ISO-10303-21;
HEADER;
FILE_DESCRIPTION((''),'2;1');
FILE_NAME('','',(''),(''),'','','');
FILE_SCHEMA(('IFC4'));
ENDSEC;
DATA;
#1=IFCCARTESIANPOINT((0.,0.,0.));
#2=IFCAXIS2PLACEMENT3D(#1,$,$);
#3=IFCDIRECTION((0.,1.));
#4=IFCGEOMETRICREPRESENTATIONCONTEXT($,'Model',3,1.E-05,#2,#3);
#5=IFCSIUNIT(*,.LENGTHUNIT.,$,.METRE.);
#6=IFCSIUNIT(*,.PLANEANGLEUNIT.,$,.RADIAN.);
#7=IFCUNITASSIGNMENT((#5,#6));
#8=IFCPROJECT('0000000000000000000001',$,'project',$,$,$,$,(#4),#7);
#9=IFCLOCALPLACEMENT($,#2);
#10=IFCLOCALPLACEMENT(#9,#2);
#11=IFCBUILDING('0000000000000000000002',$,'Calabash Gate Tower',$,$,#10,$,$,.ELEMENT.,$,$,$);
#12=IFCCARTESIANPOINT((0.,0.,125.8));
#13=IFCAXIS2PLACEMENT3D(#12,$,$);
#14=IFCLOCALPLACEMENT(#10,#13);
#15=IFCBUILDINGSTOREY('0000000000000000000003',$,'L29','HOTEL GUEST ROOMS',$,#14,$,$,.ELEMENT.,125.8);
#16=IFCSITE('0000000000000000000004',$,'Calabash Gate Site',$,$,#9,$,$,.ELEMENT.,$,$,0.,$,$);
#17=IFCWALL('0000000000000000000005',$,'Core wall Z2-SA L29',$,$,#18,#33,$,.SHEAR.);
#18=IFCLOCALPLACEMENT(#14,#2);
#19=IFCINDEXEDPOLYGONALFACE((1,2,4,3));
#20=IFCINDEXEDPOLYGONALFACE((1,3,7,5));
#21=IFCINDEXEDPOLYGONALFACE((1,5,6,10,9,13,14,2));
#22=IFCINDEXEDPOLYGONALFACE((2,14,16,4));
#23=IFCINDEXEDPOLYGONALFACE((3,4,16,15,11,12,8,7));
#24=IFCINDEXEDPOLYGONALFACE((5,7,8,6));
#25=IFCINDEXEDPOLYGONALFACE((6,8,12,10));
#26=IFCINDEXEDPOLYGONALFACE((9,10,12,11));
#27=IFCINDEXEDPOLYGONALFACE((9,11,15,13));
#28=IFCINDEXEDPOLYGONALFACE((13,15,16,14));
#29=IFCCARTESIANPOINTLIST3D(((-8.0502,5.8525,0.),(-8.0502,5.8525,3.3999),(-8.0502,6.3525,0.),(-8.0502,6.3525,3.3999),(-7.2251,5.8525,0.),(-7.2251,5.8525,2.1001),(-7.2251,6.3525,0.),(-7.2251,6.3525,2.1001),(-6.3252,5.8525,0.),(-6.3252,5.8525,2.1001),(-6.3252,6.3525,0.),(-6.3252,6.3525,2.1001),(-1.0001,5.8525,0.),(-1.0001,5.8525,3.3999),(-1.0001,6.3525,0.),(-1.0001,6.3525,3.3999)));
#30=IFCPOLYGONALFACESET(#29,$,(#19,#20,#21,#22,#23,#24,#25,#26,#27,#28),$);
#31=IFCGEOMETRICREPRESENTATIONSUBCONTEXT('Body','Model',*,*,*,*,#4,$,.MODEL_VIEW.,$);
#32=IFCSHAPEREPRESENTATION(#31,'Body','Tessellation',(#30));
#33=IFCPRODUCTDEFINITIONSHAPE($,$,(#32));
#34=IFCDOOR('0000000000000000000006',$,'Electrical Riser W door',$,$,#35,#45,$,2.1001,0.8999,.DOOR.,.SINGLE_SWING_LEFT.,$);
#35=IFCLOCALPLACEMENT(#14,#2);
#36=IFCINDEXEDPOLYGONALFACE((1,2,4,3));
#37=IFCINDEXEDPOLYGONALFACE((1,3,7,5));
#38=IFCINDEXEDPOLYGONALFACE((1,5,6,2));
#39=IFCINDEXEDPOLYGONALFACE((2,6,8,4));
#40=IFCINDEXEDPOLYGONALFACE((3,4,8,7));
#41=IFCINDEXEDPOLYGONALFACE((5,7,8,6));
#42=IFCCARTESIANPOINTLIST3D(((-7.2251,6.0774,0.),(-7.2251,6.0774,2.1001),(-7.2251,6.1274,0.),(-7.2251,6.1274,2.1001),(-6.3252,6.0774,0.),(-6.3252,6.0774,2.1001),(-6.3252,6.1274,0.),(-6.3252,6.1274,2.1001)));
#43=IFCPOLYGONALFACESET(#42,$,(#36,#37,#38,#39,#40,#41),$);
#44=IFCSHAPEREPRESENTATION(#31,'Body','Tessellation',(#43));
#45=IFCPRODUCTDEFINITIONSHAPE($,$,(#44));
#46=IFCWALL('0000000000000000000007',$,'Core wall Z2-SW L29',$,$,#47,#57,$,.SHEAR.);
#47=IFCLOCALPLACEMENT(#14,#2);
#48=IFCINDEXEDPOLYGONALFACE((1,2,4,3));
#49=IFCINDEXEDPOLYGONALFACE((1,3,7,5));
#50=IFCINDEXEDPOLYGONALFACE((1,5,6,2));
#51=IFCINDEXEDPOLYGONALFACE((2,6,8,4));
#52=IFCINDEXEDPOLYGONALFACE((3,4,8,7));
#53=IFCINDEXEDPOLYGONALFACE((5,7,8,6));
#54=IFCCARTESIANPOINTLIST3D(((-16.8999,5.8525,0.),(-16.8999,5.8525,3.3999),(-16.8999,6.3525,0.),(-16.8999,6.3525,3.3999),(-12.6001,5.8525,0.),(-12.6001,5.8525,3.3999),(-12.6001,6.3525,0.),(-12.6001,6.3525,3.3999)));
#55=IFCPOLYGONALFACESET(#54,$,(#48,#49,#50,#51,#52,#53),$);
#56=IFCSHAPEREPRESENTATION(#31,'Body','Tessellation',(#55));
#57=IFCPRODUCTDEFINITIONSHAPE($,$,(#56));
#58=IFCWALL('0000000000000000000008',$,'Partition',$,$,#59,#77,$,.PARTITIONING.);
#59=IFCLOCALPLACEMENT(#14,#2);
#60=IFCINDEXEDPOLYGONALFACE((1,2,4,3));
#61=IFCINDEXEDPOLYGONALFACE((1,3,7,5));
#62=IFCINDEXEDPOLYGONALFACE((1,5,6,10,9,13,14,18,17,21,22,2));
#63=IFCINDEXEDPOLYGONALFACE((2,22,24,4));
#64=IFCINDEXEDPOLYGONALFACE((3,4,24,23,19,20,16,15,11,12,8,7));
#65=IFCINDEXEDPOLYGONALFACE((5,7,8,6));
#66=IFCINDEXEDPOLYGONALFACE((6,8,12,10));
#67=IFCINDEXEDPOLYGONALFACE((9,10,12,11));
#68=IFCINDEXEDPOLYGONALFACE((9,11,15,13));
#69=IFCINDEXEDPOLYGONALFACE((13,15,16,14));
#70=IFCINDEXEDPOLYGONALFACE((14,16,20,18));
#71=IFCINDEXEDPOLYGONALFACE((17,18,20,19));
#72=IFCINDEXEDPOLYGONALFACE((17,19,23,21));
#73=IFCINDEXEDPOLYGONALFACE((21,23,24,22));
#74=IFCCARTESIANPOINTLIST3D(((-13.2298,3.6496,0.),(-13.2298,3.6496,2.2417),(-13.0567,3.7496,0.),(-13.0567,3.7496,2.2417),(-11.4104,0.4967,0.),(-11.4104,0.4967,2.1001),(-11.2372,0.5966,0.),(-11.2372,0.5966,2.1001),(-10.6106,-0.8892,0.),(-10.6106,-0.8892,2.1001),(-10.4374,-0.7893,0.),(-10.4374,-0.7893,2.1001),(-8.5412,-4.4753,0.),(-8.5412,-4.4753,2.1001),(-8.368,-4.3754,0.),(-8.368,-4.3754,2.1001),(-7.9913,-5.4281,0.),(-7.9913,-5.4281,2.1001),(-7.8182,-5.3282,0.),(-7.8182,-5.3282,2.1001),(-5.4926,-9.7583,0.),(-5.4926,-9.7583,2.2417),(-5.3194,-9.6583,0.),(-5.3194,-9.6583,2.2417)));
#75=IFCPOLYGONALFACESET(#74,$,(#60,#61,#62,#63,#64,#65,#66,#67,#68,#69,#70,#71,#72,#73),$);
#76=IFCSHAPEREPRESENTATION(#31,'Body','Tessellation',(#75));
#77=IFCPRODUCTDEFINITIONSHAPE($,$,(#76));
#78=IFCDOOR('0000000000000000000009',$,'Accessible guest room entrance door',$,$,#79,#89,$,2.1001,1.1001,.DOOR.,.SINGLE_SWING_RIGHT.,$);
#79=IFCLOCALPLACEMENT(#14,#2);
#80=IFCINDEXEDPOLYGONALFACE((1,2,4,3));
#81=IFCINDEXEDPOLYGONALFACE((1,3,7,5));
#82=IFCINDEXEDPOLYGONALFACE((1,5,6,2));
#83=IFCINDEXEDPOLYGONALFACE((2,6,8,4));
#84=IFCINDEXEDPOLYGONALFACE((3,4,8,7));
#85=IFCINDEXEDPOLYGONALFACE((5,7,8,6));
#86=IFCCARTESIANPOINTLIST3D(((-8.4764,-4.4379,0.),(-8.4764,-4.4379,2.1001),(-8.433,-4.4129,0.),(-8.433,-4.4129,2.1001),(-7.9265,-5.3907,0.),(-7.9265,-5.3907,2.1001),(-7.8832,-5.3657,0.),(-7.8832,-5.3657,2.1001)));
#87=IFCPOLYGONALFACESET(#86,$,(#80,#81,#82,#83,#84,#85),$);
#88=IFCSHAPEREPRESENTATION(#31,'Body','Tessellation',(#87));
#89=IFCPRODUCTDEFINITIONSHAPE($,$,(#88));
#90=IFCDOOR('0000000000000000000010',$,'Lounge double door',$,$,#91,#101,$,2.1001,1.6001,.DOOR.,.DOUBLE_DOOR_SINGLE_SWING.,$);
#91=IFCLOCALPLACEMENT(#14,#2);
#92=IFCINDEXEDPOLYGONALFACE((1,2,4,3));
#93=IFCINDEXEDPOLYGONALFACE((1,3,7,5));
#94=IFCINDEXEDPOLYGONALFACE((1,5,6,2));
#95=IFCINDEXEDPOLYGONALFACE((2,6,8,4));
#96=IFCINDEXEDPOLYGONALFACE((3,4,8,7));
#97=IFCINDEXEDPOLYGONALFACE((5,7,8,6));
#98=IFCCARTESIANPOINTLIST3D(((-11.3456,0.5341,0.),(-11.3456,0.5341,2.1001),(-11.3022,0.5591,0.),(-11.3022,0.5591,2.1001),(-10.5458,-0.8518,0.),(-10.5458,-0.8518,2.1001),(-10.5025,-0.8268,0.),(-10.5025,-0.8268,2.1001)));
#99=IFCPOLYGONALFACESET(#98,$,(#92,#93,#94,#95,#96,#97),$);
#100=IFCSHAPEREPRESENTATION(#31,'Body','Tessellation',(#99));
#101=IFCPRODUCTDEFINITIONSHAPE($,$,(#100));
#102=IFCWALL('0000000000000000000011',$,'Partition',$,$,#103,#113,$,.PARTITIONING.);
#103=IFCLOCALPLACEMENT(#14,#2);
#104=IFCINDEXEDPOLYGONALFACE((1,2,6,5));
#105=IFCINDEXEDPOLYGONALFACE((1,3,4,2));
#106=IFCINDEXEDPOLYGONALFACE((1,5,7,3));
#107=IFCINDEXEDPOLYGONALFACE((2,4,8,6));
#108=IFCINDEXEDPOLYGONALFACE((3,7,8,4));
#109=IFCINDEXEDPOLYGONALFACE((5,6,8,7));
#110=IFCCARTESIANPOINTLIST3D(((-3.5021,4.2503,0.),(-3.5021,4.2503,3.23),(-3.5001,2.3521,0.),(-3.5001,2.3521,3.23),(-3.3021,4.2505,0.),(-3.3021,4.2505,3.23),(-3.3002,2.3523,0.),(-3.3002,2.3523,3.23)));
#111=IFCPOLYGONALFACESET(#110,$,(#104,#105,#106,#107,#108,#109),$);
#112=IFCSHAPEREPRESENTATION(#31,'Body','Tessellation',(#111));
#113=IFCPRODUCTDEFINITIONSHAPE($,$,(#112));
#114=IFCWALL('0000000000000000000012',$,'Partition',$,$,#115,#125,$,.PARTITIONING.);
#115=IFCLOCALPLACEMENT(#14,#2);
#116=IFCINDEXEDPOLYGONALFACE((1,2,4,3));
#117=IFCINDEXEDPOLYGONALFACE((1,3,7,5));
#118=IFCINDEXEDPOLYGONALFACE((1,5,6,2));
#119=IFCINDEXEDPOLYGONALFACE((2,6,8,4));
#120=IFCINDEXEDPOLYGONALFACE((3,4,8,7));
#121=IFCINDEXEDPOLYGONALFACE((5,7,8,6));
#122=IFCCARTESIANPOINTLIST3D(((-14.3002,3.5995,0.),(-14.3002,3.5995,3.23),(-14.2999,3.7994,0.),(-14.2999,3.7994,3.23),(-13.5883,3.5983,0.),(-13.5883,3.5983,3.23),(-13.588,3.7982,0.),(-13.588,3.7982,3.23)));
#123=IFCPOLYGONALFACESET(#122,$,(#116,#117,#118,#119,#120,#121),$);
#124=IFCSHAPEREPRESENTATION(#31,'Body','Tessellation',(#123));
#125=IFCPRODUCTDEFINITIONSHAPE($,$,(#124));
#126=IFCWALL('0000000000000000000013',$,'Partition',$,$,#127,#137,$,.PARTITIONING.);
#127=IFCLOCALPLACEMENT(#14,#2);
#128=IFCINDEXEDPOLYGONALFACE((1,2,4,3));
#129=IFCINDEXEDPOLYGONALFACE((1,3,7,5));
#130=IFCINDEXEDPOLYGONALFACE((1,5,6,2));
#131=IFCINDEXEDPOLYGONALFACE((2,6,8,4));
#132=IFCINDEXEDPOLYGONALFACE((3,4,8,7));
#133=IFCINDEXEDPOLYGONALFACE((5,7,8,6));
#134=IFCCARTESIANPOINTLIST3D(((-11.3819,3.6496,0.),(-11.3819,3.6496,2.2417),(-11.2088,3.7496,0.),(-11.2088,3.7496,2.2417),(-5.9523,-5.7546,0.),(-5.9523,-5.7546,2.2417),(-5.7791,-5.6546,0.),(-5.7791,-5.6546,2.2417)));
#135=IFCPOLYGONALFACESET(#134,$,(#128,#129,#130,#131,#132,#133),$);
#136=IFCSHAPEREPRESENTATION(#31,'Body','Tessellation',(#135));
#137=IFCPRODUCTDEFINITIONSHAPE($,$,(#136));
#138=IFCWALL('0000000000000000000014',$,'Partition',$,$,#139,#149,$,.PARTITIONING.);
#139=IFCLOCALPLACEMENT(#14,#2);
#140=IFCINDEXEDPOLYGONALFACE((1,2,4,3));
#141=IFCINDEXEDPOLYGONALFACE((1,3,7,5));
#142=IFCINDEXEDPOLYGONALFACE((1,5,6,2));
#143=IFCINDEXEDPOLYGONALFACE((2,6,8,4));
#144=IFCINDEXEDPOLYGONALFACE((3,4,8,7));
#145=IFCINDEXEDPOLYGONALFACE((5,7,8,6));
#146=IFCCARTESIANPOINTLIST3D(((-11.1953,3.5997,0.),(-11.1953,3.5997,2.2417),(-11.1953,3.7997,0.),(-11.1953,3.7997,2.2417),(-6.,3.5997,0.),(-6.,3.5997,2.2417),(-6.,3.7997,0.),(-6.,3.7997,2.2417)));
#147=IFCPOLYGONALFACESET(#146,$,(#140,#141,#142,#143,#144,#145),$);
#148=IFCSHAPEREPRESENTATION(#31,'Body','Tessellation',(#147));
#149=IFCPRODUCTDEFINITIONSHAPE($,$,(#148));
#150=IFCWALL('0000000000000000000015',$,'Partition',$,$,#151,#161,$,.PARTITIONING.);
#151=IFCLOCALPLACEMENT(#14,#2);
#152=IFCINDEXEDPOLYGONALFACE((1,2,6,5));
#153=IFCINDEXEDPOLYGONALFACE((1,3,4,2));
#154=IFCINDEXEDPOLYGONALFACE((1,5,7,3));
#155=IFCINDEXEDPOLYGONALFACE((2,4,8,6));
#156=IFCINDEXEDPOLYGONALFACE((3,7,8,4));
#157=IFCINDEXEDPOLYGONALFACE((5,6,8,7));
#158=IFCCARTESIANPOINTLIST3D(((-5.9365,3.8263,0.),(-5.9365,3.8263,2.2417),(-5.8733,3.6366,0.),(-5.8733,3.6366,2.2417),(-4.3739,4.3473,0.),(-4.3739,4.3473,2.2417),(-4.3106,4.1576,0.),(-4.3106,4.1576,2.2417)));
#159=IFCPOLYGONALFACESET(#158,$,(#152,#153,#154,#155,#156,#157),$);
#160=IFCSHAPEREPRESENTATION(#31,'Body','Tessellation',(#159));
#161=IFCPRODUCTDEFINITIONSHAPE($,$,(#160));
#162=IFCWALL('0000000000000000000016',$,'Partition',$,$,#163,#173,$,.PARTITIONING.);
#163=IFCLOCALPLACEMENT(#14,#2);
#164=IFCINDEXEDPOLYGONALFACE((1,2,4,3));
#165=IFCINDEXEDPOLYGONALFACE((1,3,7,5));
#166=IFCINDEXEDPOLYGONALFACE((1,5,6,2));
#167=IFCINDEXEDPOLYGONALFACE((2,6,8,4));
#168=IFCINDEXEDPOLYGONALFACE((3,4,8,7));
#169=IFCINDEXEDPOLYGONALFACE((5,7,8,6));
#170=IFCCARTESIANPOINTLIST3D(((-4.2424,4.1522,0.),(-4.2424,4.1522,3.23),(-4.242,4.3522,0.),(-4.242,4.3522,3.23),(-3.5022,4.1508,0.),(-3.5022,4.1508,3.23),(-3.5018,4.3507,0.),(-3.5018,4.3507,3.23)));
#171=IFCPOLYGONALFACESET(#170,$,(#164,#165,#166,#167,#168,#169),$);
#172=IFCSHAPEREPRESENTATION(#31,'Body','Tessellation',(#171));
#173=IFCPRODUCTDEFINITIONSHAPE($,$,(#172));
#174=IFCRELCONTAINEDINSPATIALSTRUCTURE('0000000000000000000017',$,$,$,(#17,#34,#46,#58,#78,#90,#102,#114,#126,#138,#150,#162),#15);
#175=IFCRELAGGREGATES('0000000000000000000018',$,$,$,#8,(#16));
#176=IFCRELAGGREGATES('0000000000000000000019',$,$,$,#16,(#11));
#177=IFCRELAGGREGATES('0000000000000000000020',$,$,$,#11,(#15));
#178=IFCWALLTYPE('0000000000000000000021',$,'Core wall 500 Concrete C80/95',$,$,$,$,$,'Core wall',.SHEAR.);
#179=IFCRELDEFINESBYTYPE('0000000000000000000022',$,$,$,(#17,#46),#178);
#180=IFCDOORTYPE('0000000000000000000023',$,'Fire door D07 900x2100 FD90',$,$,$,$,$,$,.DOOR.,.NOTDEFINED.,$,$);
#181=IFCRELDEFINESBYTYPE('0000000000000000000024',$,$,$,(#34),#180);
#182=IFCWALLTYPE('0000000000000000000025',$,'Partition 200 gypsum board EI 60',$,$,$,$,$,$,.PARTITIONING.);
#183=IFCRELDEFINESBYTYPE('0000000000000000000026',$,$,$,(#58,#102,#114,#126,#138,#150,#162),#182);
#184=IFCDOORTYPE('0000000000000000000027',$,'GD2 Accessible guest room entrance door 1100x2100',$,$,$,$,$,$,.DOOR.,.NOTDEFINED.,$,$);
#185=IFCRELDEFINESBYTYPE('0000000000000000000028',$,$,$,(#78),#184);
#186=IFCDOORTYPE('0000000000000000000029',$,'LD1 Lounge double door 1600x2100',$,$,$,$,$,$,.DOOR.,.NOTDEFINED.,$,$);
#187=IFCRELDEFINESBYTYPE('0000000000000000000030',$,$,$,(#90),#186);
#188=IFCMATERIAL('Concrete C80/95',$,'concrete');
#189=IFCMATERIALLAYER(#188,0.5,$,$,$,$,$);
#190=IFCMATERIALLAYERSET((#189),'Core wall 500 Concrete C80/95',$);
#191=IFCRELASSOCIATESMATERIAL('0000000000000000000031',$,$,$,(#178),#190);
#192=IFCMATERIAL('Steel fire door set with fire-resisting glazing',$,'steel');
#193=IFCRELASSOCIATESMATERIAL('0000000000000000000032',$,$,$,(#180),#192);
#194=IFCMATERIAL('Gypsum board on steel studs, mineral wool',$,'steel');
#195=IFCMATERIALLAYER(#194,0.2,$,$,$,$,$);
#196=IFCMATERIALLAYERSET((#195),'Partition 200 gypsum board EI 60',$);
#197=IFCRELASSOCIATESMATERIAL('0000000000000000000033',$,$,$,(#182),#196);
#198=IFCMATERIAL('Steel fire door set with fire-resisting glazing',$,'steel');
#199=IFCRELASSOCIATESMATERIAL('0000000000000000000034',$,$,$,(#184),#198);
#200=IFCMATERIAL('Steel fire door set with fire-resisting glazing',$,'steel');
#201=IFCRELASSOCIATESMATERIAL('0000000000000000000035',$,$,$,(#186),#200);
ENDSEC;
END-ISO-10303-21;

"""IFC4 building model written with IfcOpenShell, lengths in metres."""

from ifc_helpers import new_model, si_unit, direction, frame, frame_2d, origin, place, context, subcontext, project, spatial, rectangle, extrude, material, layer, layer_set, type_object, element, fill, save


model = new_model("IFC4")

# Units and contexts
model_context = context("Model", 3, precision=1e-05, world=origin(), true_north=direction((0.0, 1.0)))
body_context = subcontext(model_context, "Body", "Model", "MODEL_VIEW")
ifc_project = project(units=[si_unit("LENGTHUNIT", "METRE"), si_unit("PLANEANGLEUNIT", "RADIAN")], contexts=[model_context])

# Site, building, storey
site_placement = place(None, origin())
site = spatial("IfcSite", under=ifc_project, at=site_placement, Name="Calabash Gate Site", CompositionType="ELEMENT", RefElevation=0.0)
building_placement = place(site_placement, origin())
building = spatial("IfcBuilding", under=site, at=building_placement, Name="Calabash Gate Tower", CompositionType="ELEMENT")
storey_placement = place(building_placement, frame((0.0, 0.0, 125.8)))
storey = spatial("IfcBuildingStorey", under=building, at=storey_placement, Name="L29", Description="HOTEL GUEST ROOMS", CompositionType="ELEMENT", Elevation=125.8)

# Shared definitions
ifc_material_1 = material(Name="Concrete C80/95", Category="concrete")
ifc_layer_1 = layer(ifc_material_1, 0.5)
ifc_layer_set_1 = layer_set([ifc_layer_1], Name="Core wall 500 Concrete C80/95")
wall_type_1 = type_object("IfcWallType", Name="Core wall 500 Concrete C80/95", ElementType="Core wall", PredefinedType="SHEAR", material=ifc_layer_set_1)

# Wall, opening, door
wall_1_placement = place(storey_placement, frame((-8.05, 6.1025, 0.0), z_axis=(0.0, 0.0, 1.0), x_axis=(1.0, 0.0, 0.0)))
wall_1 = element("IfcWall", 1, at=wall_1_placement, inside=storey, type_object=wall_type_1, Name="Core wall Z2-SA L29", PredefinedType="SHEAR", context=body_context, shape_type="SweptSolid", body=[
    extrude(rectangle(XDim=7.05, YDim=0.5, at=frame_2d((3.5249, 0.0))), origin(), (0.0, 0.0, 1.0), 3.3999),
])
opening_1_placement = place(wall_1_placement, frame((0.825, 0.0, 0.0)))
opening_1 = element("IfcOpeningElement", 2, at=opening_1_placement, cuts=wall_1, PredefinedType="OPENING", context=body_context, shape_type="SweptSolid", body=[
    extrude(rectangle(XDim=0.8999, YDim=2.1001, at=frame_2d((0.45, 1.05))), frame((0.0, 0.26, 0.0), z_axis=(0.0, -1.0, 0.0), x_axis=(1.0, 0.0, 0.0)), (0.0, 0.0, 1.0), 0.52),
])
ifc_material_2 = material(Name="Steel fire door set with fire-resisting glazing", Category="steel")
door_type_1 = type_object("IfcDoorType", Name="Fire door D07 900x2100 FD90", OperationType="NOTDEFINED", PredefinedType="DOOR", material=ifc_material_2)
door_1_placement = place(opening_1_placement, origin())
door_1 = element("IfcDoor", 3, at=door_1_placement, inside=storey, type_object=door_type_1, Name="Electrical Riser W door", OperationType="SINGLE_SWING_LEFT", OverallHeight=2.1001, OverallWidth=0.8999, PredefinedType="DOOR", context=body_context, shape_type="SweptSolid", body=[
    extrude(rectangle(XDim=0.8999, YDim=2.1001, at=frame_2d((0.45, 1.05))), frame((0.0, 0.0249, 0.0), z_axis=(0.0, -1.0, 0.0), x_axis=(1.0, 0.0, 0.0)), (0.0, 0.0, 1.0), 0.05),
])
fill(opening_1, door_1)

# Wall
wall_2_placement = place(storey_placement, frame((-12.6001, 6.1025, 0.0), z_axis=(0.0, 0.0, 1.0), x_axis=(-1.0, 0.0, 0.0)))
element("IfcWall", 4, at=wall_2_placement, inside=storey, type_object=wall_type_1, Name="Core wall Z2-SW L29", PredefinedType="SHEAR", context=body_context, shape_type="SweptSolid", body=[
    extrude(rectangle(XDim=4.2998, YDim=0.5, at=frame_2d((2.1499, 0.0))), origin(), (0.0, 0.0, 1.0), 3.3999),
])

# Wall, openings, doors
ifc_material_3 = material(Name="Gypsum board on steel studs, mineral wool", Category="steel")
ifc_layer_2 = layer(ifc_material_3, 0.2)
ifc_layer_set_2 = layer_set([ifc_layer_2], Name="Partition 200 gypsum board EI 60")
wall_type_2 = type_object("IfcWallType", Name="Partition 200 gypsum board EI 60", PredefinedType="PARTITIONING", material=ifc_layer_set_2)
wall_3_placement = place(storey_placement, frame((-13.1433, 3.6997, 0.0), z_axis=(0.0, 0.0, 1.0), x_axis=(0.499817, -0.866131, 0.0)))
wall_3 = element("IfcWall", 5, at=wall_3_placement, inside=storey, type_object=wall_type_2, Name="Partition", PredefinedType="PARTITIONING", context=body_context, shape_type="SweptSolid", body=[
    extrude(rectangle(XDim=15.4802, YDim=0.2, at=frame_2d((7.7402, 0.0))), origin(), (0.0, 0.0, 1.0), 2.2417),
])
opening_2_placement = place(wall_3_placement, frame((3.6404, 0.0, 0.0)))
opening_2 = element("IfcOpeningElement", 6, at=opening_2_placement, cuts=wall_3, PredefinedType="OPENING", context=body_context, shape_type="SweptSolid", body=[
    extrude(rectangle(XDim=1.6001, YDim=2.1001, at=frame_2d((0.8, 1.05))), frame((0.0, 0.1099, 0.0), z_axis=(0.0, -1.0, 0.0), x_axis=(1.0, 0.0, 0.0)), (0.0, 0.0, 1.0), 0.22),
])
opening_3_placement = place(wall_3_placement, frame((9.3809, 0.0, 0.0)))
opening_3 = element("IfcOpeningElement", 7, at=opening_3_placement, cuts=wall_3, PredefinedType="OPENING", context=body_context, shape_type="SweptSolid", body=[
    extrude(rectangle(XDim=1.1001, YDim=2.1001, at=frame_2d((0.55, 1.05))), frame((0.0, 0.1099, 0.0), z_axis=(0.0, -1.0, 0.0), x_axis=(1.0, 0.0, 0.0)), (0.0, 0.0, 1.0), 0.22),
])
ifc_material_4 = material(Name="Steel fire door set with fire-resisting glazing", Category="steel")
door_type_2 = type_object("IfcDoorType", Name="GD2 Accessible guest room entrance door 1100x2100", OperationType="NOTDEFINED", PredefinedType="DOOR", material=ifc_material_4)
door_2_placement = place(opening_3_placement, origin())
door_2 = element("IfcDoor", 8, at=door_2_placement, inside=storey, type_object=door_type_2, Name="Accessible guest room entrance door", OperationType="SINGLE_SWING_RIGHT", OverallHeight=2.1001, OverallWidth=1.1001, PredefinedType="DOOR", context=body_context, shape_type="SweptSolid", body=[
    extrude(rectangle(XDim=1.1001, YDim=2.1001, at=frame_2d((0.55, 1.05))), frame((0.0, 0.0249, 0.0), z_axis=(0.0, -1.0, 0.0), x_axis=(1.0, 0.0, 0.0)), (0.0, 0.0, 1.0), 0.05),
])
fill(opening_3, door_2)
ifc_material_5 = material(Name="Steel fire door set with fire-resisting glazing", Category="steel")
door_type_3 = type_object("IfcDoorType", Name="LD1 Lounge double door 1600x2100", OperationType="NOTDEFINED", PredefinedType="DOOR", material=ifc_material_5)
door_3_placement = place(opening_2_placement, origin())
door_3 = element("IfcDoor", 9, at=door_3_placement, inside=storey, type_object=door_type_3, Name="Lounge double door", OperationType="DOUBLE_DOOR_SINGLE_SWING", OverallHeight=2.1001, OverallWidth=1.6001, PredefinedType="DOOR", context=body_context, shape_type="SweptSolid", body=[
    extrude(rectangle(XDim=1.6001, YDim=2.1001, at=frame_2d((0.8, 1.05))), frame((0.0, 0.0249, 0.0), z_axis=(0.0, -1.0, 0.0), x_axis=(1.0, 0.0, 0.0)), (0.0, 0.0, 1.0), 0.05),
])
fill(opening_2, door_3)

# Walls
wall_4_placement = place(storey_placement, frame((-3.4021, 4.2505, 0.0), z_axis=(0.0, 0.0, 1.0), x_axis=(0.001029, -0.999999, 0.0)))
element("IfcWall", 10, at=wall_4_placement, inside=storey, type_object=wall_type_2, Name="Partition", PredefinedType="PARTITIONING", context=body_context, shape_type="SweptSolid", body=[
    extrude(rectangle(XDim=1.8982, YDim=0.2, at=frame_2d((0.9492, 0.0))), origin(), (0.0, 0.0, 1.0), 3.23),
])
wall_5_placement = place(storey_placement, frame((-14.3, 3.6995, 0.0), z_axis=(0.0, 0.0, 1.0), x_axis=(0.999999, -0.001715, 0.0)))
element("IfcWall", 11, at=wall_5_placement, inside=storey, type_object=wall_type_2, Name="Partition", PredefinedType="PARTITIONING", context=body_context, shape_type="SweptSolid", body=[
    extrude(rectangle(XDim=0.7119, YDim=0.2, at=frame_2d((0.356, 0.0))), origin(), (0.0, 0.0, 1.0), 3.23),
])
wall_6_placement = place(storey_placement, frame((-11.2954, 3.6997, 0.0), z_axis=(0.0, 0.0, 1.0), x_axis=(0.500008, -0.866021, 0.0)))
element("IfcWall", 12, at=wall_6_placement, inside=storey, type_object=wall_type_2, Name="Partition", PredefinedType="PARTITIONING", context=body_context, shape_type="SweptSolid", body=[
    extrude(rectangle(XDim=10.8591, YDim=0.2, at=frame_2d((5.4297, 0.0))), origin(), (0.0, 0.0, 1.0), 2.2417),
])
wall_7_placement = place(storey_placement, frame((-11.1953, 3.6997, 0.0), z_axis=(0.0, 0.0, 1.0), x_axis=(1.0, 0.0, 0.0)))
element("IfcWall", 13, at=wall_7_placement, inside=storey, type_object=wall_type_2, Name="Partition", PredefinedType="PARTITIONING", context=body_context, shape_type="SweptSolid", body=[
    extrude(rectangle(XDim=5.1953, YDim=0.2, at=frame_2d((2.5977, 0.0))), origin(), (0.0, 0.0, 1.0), 2.2417),
])
wall_8_placement = place(storey_placement, frame((-5.905, 3.7314, 0.0), z_axis=(0.0, 0.0, 1.0), x_axis=(0.948668, 0.316272, 0.0)))
element("IfcWall", 14, at=wall_8_placement, inside=storey, type_object=wall_type_2, Name="Partition", PredefinedType="PARTITIONING", context=body_context, shape_type="SweptSolid", body=[
    extrude(rectangle(XDim=1.6472, YDim=0.2, at=frame_2d((0.8237, 0.0))), origin(), (0.0, 0.0, 1.0), 2.2417),
])
wall_9_placement = place(storey_placement, frame((-4.2422, 4.2522, 0.0), z_axis=(0.0, 0.0, 1.0), x_axis=(0.999998, -0.001979, 0.0)))
element("IfcWall", 15, at=wall_9_placement, inside=storey, type_object=wall_type_2, Name="Partition", PredefinedType="PARTITIONING", context=body_context, shape_type="SweptSolid", body=[
    extrude(rectangle(XDim=0.7402, YDim=0.2, at=frame_2d((0.3701, 0.0))), origin(), (0.0, 0.0, 1.0), 3.23),
])

save(model, "model.ifc")
